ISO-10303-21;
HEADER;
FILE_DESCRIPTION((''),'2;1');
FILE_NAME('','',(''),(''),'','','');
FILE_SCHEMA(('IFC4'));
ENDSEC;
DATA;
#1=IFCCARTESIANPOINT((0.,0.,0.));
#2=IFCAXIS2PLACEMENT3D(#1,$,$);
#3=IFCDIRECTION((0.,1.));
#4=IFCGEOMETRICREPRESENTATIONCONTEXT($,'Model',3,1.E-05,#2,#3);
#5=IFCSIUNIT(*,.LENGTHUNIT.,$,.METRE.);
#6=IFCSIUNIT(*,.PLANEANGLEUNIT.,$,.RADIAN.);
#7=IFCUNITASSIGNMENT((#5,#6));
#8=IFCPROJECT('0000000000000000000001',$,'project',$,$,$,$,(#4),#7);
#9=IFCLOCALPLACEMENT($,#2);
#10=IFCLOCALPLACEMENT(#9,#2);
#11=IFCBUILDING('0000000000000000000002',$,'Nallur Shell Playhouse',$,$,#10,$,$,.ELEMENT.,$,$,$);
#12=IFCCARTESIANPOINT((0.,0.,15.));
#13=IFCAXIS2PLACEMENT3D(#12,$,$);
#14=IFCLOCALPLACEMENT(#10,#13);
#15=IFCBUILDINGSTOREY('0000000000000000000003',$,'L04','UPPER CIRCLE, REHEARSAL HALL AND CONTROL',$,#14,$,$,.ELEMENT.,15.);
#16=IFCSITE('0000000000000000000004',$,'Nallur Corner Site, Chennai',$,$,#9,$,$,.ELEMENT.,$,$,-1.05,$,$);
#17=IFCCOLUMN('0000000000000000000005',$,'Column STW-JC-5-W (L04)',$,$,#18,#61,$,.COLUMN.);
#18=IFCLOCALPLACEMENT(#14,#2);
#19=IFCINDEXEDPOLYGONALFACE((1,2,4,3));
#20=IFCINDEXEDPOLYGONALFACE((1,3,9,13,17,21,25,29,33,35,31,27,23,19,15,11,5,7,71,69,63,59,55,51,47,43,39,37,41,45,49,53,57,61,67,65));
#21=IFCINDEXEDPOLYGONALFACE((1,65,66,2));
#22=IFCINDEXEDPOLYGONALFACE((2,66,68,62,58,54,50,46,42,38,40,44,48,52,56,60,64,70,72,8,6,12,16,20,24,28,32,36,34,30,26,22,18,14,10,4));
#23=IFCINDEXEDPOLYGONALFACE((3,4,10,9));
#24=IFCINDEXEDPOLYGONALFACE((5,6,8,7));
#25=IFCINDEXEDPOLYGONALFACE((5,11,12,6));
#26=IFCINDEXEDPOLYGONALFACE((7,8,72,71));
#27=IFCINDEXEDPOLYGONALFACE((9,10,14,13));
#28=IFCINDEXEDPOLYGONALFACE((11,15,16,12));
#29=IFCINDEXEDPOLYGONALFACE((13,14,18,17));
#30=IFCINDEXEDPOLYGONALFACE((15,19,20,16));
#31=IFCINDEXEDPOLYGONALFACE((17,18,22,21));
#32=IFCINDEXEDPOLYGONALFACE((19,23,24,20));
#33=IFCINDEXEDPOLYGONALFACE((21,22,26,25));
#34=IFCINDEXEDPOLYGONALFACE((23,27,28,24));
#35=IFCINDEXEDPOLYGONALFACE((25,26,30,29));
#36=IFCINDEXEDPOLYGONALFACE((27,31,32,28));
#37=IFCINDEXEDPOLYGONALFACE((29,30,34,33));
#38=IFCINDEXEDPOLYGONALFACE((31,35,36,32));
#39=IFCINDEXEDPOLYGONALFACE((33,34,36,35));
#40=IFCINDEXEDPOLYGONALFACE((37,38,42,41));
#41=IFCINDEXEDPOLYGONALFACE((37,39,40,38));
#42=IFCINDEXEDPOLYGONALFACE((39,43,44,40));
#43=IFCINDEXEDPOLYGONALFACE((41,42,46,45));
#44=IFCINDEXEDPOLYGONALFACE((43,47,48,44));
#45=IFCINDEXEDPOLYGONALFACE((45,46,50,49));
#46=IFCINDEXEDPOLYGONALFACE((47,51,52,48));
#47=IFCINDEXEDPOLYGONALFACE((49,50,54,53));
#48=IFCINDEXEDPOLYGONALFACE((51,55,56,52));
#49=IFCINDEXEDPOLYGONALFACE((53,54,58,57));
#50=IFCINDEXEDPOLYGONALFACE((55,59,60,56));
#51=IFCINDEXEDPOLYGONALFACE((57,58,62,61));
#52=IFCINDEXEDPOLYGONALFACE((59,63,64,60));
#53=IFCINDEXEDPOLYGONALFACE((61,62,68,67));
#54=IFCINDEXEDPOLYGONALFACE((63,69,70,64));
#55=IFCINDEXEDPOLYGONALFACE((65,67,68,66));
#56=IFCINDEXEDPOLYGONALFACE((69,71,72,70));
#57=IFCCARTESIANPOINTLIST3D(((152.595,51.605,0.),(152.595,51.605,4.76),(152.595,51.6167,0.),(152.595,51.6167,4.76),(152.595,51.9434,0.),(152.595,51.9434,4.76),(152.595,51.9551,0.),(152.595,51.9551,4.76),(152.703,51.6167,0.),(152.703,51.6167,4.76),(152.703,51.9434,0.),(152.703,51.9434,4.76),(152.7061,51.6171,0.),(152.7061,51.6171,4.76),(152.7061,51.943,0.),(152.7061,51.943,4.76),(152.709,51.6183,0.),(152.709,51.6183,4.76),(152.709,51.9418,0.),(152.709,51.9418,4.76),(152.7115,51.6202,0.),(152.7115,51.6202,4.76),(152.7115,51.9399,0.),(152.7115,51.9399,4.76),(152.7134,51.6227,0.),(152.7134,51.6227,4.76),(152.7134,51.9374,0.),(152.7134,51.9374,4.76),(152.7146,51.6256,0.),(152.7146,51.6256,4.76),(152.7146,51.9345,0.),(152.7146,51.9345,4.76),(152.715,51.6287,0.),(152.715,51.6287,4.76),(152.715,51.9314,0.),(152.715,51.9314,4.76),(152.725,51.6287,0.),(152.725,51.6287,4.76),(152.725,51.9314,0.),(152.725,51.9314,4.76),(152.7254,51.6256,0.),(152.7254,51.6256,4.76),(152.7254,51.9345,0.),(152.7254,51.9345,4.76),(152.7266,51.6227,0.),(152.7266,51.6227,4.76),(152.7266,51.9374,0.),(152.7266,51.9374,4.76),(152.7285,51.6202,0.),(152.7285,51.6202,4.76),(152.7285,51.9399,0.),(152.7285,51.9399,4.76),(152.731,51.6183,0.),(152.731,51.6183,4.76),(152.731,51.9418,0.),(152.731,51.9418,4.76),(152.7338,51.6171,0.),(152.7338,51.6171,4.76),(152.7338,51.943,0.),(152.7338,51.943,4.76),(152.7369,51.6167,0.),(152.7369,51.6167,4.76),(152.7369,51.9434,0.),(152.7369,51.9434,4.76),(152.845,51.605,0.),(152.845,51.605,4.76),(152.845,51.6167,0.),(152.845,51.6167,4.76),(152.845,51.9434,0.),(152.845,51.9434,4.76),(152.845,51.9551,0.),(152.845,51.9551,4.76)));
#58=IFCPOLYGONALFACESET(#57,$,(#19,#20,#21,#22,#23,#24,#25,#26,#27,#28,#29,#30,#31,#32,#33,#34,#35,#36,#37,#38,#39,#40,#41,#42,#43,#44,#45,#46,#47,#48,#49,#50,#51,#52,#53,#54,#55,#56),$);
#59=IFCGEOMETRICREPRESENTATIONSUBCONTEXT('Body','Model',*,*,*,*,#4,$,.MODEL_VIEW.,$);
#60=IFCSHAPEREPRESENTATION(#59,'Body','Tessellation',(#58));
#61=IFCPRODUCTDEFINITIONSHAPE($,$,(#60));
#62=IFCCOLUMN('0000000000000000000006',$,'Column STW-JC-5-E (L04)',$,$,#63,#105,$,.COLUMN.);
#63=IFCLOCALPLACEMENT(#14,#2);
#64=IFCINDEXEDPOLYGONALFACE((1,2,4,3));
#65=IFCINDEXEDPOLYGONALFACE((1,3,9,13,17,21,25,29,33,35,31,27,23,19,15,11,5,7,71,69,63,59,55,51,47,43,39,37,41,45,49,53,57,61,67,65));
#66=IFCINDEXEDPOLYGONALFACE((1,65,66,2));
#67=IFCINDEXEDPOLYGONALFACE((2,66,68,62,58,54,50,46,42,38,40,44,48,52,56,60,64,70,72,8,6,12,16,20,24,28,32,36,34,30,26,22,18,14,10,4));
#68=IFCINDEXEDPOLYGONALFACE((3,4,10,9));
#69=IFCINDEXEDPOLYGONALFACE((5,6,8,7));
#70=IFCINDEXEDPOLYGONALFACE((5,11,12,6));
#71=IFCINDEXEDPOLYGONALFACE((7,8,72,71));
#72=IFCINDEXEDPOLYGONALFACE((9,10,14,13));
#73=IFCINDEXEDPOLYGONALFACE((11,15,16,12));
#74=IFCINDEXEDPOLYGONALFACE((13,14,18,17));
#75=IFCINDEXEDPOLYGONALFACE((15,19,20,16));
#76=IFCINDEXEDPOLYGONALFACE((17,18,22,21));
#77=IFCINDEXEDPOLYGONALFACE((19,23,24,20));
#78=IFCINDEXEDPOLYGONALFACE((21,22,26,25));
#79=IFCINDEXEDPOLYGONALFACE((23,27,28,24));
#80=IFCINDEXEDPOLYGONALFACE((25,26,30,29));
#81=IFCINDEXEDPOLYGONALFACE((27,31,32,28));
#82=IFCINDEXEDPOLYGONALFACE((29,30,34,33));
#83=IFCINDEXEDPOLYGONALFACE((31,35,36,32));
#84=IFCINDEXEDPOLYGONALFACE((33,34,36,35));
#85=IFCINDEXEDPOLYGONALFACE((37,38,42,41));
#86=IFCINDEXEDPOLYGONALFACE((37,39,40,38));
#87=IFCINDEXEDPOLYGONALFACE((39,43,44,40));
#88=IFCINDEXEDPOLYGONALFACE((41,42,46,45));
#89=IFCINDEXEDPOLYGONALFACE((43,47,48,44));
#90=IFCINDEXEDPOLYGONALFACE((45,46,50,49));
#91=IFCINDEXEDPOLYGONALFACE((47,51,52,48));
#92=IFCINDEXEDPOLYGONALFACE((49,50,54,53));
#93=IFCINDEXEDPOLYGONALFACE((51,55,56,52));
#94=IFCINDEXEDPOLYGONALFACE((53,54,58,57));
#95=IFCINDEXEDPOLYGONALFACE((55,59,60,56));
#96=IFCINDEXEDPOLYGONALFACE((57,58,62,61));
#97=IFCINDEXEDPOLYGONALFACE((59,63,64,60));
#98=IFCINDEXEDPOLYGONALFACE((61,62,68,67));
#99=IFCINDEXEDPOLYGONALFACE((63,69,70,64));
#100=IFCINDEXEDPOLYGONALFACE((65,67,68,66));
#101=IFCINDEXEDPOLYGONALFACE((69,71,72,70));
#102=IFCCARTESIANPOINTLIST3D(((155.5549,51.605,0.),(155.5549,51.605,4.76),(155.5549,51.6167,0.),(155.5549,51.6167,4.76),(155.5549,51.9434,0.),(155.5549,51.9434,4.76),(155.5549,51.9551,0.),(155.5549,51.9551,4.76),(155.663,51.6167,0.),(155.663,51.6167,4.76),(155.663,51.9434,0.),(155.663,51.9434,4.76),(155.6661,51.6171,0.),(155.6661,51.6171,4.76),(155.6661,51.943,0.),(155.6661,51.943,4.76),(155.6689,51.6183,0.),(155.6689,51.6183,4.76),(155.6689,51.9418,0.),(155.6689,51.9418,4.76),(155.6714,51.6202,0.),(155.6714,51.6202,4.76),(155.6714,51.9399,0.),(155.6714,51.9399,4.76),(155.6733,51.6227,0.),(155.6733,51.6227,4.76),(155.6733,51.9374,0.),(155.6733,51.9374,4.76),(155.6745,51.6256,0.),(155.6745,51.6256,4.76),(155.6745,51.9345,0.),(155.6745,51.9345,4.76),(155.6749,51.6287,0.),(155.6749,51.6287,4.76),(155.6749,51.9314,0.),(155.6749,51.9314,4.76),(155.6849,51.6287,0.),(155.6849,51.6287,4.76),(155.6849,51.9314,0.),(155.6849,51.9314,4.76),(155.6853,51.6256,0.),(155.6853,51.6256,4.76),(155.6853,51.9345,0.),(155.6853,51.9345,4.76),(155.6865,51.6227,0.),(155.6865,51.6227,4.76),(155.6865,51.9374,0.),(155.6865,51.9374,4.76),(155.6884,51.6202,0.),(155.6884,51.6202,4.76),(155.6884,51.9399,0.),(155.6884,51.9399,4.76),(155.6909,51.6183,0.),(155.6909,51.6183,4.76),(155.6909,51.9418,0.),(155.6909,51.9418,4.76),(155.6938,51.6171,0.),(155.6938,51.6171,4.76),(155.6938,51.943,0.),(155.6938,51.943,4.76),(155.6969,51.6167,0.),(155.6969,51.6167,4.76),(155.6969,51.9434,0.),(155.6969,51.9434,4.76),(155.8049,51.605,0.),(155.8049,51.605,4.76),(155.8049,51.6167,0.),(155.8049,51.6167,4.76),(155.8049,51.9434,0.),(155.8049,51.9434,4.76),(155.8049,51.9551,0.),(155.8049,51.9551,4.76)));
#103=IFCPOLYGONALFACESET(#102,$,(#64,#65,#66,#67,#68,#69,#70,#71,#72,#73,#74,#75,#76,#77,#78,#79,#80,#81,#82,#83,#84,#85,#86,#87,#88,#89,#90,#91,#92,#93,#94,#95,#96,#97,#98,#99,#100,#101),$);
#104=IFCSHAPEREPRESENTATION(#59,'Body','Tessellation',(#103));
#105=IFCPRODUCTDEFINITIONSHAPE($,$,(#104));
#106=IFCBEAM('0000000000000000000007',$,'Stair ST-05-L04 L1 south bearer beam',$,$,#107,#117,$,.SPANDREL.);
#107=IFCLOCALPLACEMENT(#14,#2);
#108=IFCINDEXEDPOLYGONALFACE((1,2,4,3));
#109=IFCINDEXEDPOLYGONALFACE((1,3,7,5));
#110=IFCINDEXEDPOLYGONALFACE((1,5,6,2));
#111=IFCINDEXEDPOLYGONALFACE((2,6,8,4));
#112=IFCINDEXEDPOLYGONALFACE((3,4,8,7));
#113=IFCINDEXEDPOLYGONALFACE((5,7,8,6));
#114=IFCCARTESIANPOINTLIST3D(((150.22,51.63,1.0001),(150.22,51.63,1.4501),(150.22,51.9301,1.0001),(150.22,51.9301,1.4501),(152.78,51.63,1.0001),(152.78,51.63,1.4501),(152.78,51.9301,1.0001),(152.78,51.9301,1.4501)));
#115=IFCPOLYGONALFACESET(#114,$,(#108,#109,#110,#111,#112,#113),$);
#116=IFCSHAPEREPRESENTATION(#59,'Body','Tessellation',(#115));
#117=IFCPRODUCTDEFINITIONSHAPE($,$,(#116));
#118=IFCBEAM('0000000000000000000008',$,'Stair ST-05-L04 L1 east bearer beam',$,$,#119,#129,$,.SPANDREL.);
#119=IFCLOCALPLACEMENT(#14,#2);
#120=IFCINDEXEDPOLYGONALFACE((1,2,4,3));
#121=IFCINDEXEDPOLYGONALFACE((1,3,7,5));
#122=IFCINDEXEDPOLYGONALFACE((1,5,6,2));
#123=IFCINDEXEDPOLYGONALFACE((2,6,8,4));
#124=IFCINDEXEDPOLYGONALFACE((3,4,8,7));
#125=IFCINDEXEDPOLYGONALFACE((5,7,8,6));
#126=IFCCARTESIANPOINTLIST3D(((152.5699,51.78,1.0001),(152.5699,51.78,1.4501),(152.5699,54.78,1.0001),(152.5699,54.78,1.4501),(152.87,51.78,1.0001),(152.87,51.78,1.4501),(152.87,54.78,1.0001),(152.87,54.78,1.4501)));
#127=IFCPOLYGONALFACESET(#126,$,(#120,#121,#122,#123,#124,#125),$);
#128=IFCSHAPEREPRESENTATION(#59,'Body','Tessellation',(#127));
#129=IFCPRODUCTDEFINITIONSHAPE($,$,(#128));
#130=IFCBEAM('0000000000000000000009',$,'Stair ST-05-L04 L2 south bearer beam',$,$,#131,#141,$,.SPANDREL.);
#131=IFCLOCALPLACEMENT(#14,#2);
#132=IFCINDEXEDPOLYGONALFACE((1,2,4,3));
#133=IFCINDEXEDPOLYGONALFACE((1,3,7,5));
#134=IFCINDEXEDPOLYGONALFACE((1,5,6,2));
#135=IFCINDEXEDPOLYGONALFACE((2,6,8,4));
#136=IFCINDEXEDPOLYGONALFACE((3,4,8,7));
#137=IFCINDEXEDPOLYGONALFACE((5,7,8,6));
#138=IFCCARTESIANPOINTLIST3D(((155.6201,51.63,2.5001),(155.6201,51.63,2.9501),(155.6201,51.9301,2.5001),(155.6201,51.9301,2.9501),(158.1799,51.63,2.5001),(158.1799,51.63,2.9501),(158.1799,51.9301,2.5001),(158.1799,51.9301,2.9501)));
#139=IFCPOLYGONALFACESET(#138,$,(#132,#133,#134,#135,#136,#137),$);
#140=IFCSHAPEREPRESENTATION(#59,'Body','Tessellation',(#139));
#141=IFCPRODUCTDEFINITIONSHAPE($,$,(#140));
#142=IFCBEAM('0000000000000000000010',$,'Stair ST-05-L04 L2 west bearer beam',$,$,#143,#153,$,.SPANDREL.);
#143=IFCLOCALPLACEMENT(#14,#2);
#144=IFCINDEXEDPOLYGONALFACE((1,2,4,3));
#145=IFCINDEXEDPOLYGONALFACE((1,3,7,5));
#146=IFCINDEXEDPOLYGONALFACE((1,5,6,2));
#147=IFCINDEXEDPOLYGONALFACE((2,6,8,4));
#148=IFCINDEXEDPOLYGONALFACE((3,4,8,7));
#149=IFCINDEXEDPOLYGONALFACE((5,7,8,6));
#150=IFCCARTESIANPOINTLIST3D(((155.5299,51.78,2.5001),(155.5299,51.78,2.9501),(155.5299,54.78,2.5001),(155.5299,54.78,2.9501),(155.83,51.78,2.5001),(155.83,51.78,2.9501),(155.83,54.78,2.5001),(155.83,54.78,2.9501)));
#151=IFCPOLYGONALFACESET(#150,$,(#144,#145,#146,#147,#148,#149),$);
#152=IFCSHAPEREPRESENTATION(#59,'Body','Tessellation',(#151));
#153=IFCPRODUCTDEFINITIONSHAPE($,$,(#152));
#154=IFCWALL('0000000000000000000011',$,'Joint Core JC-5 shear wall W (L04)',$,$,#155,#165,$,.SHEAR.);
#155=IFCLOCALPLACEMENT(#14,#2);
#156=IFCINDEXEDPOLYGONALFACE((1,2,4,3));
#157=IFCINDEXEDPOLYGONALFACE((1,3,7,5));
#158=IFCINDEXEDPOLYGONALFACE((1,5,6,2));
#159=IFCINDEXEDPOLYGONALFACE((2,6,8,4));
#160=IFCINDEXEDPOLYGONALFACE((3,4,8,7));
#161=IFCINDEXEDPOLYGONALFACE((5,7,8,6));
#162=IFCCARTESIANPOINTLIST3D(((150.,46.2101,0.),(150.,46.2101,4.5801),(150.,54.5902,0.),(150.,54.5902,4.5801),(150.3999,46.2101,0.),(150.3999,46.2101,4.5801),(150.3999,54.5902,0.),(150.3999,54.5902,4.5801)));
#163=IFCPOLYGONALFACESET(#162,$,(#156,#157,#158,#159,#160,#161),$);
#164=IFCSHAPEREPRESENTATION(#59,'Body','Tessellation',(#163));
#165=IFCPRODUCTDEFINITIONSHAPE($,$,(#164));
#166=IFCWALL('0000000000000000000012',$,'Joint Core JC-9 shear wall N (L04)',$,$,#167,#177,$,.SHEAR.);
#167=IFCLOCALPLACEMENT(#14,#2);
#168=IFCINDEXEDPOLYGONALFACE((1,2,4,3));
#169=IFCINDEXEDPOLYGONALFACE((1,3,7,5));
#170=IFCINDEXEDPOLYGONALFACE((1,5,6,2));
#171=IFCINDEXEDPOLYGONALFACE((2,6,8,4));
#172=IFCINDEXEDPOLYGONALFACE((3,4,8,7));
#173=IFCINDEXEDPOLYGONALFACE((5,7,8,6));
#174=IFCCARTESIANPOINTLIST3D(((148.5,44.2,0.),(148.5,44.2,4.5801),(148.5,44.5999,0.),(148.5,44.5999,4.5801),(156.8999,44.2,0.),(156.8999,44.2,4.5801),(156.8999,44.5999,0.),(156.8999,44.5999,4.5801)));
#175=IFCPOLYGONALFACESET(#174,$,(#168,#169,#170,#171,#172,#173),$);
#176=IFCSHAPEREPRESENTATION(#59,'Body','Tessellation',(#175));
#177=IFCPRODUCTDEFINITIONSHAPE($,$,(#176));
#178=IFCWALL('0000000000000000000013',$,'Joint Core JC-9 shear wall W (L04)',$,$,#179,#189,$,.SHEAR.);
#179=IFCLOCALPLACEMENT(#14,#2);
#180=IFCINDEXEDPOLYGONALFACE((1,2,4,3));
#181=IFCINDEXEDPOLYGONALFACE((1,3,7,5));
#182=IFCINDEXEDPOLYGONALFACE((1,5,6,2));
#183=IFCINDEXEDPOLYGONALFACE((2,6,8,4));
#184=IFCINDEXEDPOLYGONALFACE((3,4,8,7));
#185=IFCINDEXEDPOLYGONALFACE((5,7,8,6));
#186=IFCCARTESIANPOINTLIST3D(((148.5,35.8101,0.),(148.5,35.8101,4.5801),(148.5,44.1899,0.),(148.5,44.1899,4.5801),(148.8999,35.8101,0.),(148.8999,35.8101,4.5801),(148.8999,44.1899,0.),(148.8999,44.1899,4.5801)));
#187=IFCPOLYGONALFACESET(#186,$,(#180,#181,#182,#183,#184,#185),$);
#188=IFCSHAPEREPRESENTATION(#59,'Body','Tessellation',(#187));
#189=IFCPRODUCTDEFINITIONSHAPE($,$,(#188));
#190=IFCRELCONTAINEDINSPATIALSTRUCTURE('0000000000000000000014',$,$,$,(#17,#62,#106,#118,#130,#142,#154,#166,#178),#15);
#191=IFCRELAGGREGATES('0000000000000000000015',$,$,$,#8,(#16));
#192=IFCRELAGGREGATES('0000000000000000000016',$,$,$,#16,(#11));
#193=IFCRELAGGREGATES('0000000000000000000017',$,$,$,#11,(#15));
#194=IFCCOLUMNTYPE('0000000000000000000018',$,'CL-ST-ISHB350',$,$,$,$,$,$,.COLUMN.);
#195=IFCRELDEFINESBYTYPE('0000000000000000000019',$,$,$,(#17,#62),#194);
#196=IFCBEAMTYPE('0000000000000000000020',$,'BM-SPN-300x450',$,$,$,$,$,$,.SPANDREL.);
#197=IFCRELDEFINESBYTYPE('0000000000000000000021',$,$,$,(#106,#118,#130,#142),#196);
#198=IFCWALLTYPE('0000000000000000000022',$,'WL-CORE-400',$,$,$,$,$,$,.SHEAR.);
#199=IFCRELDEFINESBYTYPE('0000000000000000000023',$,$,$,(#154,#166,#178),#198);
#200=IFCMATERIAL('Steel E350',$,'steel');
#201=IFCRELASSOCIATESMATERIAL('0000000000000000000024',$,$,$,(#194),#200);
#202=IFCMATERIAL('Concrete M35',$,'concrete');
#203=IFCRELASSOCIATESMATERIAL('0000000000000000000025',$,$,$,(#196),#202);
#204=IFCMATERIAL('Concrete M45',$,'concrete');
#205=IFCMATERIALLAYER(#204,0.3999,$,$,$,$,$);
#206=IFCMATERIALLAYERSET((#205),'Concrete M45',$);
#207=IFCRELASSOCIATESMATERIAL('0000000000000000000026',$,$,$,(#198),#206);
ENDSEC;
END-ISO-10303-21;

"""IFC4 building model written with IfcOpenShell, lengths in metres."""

from ifc_helpers import new_model, si_unit, direction, frame, frame_2d, origin, origin_2d, place, context, subcontext, project, spatial, rectangle, i_section, extrude, material, layer, layer_set, material_profile, profile_set, type_object, element, save


model = new_model("IFC4")

# Units and contexts
model_context = context("Model", 3, precision=1e-05, world=origin(), true_north=direction((0.0, 1.0)))
body_context = subcontext(model_context, "Body", "Model", "MODEL_VIEW")
ifc_project = project(units=[si_unit("LENGTHUNIT", "METRE"), si_unit("PLANEANGLEUNIT", "RADIAN")], contexts=[model_context])

# Site, building, storey
site_placement = place(None, origin())
site = spatial("IfcSite", under=ifc_project, at=site_placement, Name="Nallur Corner Site, Chennai", CompositionType="ELEMENT", RefElevation=-1.05)
building_placement = place(site_placement, origin())
building = spatial("IfcBuilding", under=site, at=building_placement, Name="Nallur Shell Playhouse", CompositionType="ELEMENT")
storey_placement = place(building_placement, frame((0.0, 0.0, 15.0)))
storey = spatial("IfcBuildingStorey", under=building, at=storey_placement, Name="L04", Description="UPPER CIRCLE, REHEARSAL HALL AND CONTROL", CompositionType="ELEMENT", Elevation=15.0)

# Columns
ifc_material_1 = material(Name="Steel E350", Category="steel")
ifc_material_profile_1 = material_profile(ifc_material_1, i_section(OverallWidth=0.25, OverallDepth=0.3501, WebThickness=0.01, FlangeThickness=0.0117, FilletRadius=0.012, at=origin_2d()), Name="ISHB 350")
ifc_profile_set_1 = profile_set([ifc_material_profile_1], Name="Steel E350")
column_type = type_object("IfcColumnType", Name="CL-ST-ISHB350", PredefinedType="COLUMN", material=ifc_profile_set_1)
for number, where, z_axis, x_axis, name in (
    (1, (152.72, 51.78, 0.0), (0.0, 0.0, 1.0), (1.0, 0.0, 0.0), "Column STW-JC-5-W (L04)"),
    (2, (155.6799, 51.78, 0.0), (0.0, 0.0, 1.0), (1.0, 0.0, 0.0), "Column STW-JC-5-E (L04)"),
):
    element("IfcColumn", number, at=place(storey_placement, frame(where, z_axis=z_axis, x_axis=x_axis)), inside=storey, type_object=column_type, Name=name, PredefinedType="COLUMN", context=body_context, shape_type="SweptSolid", body=[
        extrude(i_section(OverallWidth=0.25, OverallDepth=0.3501, WebThickness=0.01, FlangeThickness=0.0117, FilletRadius=0.012, at=origin_2d()), origin(), (0.0, 0.0, 1.0), 4.76),
    ])

# Beams
ifc_material_2 = material(Name="Concrete M35", Category="concrete")
ifc_material_profile_2 = material_profile(ifc_material_2, rectangle(XDim=0.3, YDim=0.45, at=origin_2d()), Name="RC 300x450")
ifc_profile_set_2 = profile_set([ifc_material_profile_2], Name="Concrete M35")
beam_type = type_object("IfcBeamType", Name="BM-SPN-300x450", PredefinedType="SPANDREL", material=ifc_profile_set_2)
beam_1_placement = place(storey_placement, frame((150.22, 51.78, 1.2251), z_axis=(1.0, 0.0, 0.0), x_axis=(0.0, 1.0, 0.0)))
element("IfcBeam", 3, at=beam_1_placement, inside=storey, type_object=beam_type, Name="Stair ST-05-L04 L1 south bearer beam", PredefinedType="SPANDREL", context=body_context, shape_type="SweptSolid", body=[
    extrude(rectangle(XDim=0.3, YDim=0.45, at=origin_2d()), origin(), (0.0, 0.0, 1.0), 2.5601),
])
beam_2_placement = place(storey_placement, frame((152.72, 51.78, 1.2251), z_axis=(0.0, 1.0, 0.0), x_axis=(-1.0, 0.0, 0.0)))
element("IfcBeam", 4, at=beam_2_placement, inside=storey, type_object=beam_type, Name="Stair ST-05-L04 L1 east bearer beam", PredefinedType="SPANDREL", context=body_context, shape_type="SweptSolid", body=[
    extrude(rectangle(XDim=0.3, YDim=0.45, at=origin_2d()), origin(), (0.0, 0.0, 1.0), 3.0),
])
beam_3_placement = place(storey_placement, frame((155.6201, 51.78, 2.7251), z_axis=(1.0, 0.0, 0.0), x_axis=(0.0, 1.0, 0.0)))
element("IfcBeam", 5, at=beam_3_placement, inside=storey, type_object=beam_type, Name="Stair ST-05-L04 L2 south bearer beam", PredefinedType="SPANDREL", context=body_context, shape_type="SweptSolid", body=[
    extrude(rectangle(XDim=0.3, YDim=0.45, at=origin_2d()), origin(), (0.0, 0.0, 1.0), 2.5598),
])
beam_4_placement = place(storey_placement, frame((155.6799, 51.78, 2.7251), z_axis=(0.0, 1.0, 0.0), x_axis=(-1.0, 0.0, 0.0)))
element("IfcBeam", 6, at=beam_4_placement, inside=storey, type_object=beam_type, Name="Stair ST-05-L04 L2 west bearer beam", PredefinedType="SPANDREL", context=body_context, shape_type="SweptSolid", body=[
    extrude(rectangle(XDim=0.3, YDim=0.45, at=origin_2d()), origin(), (0.0, 0.0, 1.0), 3.0),
])

# Shared definitions
ifc_material_3 = material(Name="Concrete M45", Category="concrete")
ifc_layer_1 = layer(ifc_material_3, 0.3999)
ifc_layer_set_1 = layer_set([ifc_layer_1], Name="Concrete M45")
wall_type_1 = type_object("IfcWallType", Name="WL-CORE-400", PredefinedType="SHEAR", material=ifc_layer_set_1)

# Walls
wall_1_placement = place(storey_placement, frame((150.2, 54.5901, 0.0), z_axis=(0.0, 0.0, 1.0), x_axis=(0.0, -1.0, 0.0)))
element("IfcWall", 7, at=wall_1_placement, inside=storey, type_object=wall_type_1, Name="Joint Core JC-5 shear wall W (L04)", PredefinedType="SHEAR", context=body_context, shape_type="SweptSolid", body=[
    extrude(rectangle(XDim=8.3801, YDim=0.3999, at=frame_2d((4.1899, 0.0))), origin(), (0.0, 0.0, 1.0), 4.5801),
])
wall_2_placement = place(storey_placement, frame((156.8999, 44.3999, 0.0), z_axis=(0.0, 0.0, 1.0), x_axis=(-1.0, 0.0, 0.0)))
element("IfcWall", 8, at=wall_2_placement, inside=storey, type_object=wall_type_1, Name="Joint Core JC-9 shear wall N (L04)", PredefinedType="SHEAR", context=body_context, shape_type="SweptSolid", body=[
    extrude(rectangle(XDim=8.3999, YDim=0.3999, at=frame_2d((4.2, 0.0))), origin(), (0.0, 0.0, 1.0), 4.5801),
])
wall_3_placement = place(storey_placement, frame((148.7, 44.1899, 0.0), z_axis=(0.0, 0.0, 1.0), x_axis=(0.0, -1.0, 0.0)))
element("IfcWall", 9, at=wall_3_placement, inside=storey, type_object=wall_type_1, Name="Joint Core JC-9 shear wall W (L04)", PredefinedType="SHEAR", context=body_context, shape_type="SweptSolid", body=[
    extrude(rectangle(XDim=8.3799, YDim=0.3999, at=frame_2d((4.1899, 0.0))), origin(), (0.0, 0.0, 1.0), 4.5801),
])

save(model, "model.ifc")
